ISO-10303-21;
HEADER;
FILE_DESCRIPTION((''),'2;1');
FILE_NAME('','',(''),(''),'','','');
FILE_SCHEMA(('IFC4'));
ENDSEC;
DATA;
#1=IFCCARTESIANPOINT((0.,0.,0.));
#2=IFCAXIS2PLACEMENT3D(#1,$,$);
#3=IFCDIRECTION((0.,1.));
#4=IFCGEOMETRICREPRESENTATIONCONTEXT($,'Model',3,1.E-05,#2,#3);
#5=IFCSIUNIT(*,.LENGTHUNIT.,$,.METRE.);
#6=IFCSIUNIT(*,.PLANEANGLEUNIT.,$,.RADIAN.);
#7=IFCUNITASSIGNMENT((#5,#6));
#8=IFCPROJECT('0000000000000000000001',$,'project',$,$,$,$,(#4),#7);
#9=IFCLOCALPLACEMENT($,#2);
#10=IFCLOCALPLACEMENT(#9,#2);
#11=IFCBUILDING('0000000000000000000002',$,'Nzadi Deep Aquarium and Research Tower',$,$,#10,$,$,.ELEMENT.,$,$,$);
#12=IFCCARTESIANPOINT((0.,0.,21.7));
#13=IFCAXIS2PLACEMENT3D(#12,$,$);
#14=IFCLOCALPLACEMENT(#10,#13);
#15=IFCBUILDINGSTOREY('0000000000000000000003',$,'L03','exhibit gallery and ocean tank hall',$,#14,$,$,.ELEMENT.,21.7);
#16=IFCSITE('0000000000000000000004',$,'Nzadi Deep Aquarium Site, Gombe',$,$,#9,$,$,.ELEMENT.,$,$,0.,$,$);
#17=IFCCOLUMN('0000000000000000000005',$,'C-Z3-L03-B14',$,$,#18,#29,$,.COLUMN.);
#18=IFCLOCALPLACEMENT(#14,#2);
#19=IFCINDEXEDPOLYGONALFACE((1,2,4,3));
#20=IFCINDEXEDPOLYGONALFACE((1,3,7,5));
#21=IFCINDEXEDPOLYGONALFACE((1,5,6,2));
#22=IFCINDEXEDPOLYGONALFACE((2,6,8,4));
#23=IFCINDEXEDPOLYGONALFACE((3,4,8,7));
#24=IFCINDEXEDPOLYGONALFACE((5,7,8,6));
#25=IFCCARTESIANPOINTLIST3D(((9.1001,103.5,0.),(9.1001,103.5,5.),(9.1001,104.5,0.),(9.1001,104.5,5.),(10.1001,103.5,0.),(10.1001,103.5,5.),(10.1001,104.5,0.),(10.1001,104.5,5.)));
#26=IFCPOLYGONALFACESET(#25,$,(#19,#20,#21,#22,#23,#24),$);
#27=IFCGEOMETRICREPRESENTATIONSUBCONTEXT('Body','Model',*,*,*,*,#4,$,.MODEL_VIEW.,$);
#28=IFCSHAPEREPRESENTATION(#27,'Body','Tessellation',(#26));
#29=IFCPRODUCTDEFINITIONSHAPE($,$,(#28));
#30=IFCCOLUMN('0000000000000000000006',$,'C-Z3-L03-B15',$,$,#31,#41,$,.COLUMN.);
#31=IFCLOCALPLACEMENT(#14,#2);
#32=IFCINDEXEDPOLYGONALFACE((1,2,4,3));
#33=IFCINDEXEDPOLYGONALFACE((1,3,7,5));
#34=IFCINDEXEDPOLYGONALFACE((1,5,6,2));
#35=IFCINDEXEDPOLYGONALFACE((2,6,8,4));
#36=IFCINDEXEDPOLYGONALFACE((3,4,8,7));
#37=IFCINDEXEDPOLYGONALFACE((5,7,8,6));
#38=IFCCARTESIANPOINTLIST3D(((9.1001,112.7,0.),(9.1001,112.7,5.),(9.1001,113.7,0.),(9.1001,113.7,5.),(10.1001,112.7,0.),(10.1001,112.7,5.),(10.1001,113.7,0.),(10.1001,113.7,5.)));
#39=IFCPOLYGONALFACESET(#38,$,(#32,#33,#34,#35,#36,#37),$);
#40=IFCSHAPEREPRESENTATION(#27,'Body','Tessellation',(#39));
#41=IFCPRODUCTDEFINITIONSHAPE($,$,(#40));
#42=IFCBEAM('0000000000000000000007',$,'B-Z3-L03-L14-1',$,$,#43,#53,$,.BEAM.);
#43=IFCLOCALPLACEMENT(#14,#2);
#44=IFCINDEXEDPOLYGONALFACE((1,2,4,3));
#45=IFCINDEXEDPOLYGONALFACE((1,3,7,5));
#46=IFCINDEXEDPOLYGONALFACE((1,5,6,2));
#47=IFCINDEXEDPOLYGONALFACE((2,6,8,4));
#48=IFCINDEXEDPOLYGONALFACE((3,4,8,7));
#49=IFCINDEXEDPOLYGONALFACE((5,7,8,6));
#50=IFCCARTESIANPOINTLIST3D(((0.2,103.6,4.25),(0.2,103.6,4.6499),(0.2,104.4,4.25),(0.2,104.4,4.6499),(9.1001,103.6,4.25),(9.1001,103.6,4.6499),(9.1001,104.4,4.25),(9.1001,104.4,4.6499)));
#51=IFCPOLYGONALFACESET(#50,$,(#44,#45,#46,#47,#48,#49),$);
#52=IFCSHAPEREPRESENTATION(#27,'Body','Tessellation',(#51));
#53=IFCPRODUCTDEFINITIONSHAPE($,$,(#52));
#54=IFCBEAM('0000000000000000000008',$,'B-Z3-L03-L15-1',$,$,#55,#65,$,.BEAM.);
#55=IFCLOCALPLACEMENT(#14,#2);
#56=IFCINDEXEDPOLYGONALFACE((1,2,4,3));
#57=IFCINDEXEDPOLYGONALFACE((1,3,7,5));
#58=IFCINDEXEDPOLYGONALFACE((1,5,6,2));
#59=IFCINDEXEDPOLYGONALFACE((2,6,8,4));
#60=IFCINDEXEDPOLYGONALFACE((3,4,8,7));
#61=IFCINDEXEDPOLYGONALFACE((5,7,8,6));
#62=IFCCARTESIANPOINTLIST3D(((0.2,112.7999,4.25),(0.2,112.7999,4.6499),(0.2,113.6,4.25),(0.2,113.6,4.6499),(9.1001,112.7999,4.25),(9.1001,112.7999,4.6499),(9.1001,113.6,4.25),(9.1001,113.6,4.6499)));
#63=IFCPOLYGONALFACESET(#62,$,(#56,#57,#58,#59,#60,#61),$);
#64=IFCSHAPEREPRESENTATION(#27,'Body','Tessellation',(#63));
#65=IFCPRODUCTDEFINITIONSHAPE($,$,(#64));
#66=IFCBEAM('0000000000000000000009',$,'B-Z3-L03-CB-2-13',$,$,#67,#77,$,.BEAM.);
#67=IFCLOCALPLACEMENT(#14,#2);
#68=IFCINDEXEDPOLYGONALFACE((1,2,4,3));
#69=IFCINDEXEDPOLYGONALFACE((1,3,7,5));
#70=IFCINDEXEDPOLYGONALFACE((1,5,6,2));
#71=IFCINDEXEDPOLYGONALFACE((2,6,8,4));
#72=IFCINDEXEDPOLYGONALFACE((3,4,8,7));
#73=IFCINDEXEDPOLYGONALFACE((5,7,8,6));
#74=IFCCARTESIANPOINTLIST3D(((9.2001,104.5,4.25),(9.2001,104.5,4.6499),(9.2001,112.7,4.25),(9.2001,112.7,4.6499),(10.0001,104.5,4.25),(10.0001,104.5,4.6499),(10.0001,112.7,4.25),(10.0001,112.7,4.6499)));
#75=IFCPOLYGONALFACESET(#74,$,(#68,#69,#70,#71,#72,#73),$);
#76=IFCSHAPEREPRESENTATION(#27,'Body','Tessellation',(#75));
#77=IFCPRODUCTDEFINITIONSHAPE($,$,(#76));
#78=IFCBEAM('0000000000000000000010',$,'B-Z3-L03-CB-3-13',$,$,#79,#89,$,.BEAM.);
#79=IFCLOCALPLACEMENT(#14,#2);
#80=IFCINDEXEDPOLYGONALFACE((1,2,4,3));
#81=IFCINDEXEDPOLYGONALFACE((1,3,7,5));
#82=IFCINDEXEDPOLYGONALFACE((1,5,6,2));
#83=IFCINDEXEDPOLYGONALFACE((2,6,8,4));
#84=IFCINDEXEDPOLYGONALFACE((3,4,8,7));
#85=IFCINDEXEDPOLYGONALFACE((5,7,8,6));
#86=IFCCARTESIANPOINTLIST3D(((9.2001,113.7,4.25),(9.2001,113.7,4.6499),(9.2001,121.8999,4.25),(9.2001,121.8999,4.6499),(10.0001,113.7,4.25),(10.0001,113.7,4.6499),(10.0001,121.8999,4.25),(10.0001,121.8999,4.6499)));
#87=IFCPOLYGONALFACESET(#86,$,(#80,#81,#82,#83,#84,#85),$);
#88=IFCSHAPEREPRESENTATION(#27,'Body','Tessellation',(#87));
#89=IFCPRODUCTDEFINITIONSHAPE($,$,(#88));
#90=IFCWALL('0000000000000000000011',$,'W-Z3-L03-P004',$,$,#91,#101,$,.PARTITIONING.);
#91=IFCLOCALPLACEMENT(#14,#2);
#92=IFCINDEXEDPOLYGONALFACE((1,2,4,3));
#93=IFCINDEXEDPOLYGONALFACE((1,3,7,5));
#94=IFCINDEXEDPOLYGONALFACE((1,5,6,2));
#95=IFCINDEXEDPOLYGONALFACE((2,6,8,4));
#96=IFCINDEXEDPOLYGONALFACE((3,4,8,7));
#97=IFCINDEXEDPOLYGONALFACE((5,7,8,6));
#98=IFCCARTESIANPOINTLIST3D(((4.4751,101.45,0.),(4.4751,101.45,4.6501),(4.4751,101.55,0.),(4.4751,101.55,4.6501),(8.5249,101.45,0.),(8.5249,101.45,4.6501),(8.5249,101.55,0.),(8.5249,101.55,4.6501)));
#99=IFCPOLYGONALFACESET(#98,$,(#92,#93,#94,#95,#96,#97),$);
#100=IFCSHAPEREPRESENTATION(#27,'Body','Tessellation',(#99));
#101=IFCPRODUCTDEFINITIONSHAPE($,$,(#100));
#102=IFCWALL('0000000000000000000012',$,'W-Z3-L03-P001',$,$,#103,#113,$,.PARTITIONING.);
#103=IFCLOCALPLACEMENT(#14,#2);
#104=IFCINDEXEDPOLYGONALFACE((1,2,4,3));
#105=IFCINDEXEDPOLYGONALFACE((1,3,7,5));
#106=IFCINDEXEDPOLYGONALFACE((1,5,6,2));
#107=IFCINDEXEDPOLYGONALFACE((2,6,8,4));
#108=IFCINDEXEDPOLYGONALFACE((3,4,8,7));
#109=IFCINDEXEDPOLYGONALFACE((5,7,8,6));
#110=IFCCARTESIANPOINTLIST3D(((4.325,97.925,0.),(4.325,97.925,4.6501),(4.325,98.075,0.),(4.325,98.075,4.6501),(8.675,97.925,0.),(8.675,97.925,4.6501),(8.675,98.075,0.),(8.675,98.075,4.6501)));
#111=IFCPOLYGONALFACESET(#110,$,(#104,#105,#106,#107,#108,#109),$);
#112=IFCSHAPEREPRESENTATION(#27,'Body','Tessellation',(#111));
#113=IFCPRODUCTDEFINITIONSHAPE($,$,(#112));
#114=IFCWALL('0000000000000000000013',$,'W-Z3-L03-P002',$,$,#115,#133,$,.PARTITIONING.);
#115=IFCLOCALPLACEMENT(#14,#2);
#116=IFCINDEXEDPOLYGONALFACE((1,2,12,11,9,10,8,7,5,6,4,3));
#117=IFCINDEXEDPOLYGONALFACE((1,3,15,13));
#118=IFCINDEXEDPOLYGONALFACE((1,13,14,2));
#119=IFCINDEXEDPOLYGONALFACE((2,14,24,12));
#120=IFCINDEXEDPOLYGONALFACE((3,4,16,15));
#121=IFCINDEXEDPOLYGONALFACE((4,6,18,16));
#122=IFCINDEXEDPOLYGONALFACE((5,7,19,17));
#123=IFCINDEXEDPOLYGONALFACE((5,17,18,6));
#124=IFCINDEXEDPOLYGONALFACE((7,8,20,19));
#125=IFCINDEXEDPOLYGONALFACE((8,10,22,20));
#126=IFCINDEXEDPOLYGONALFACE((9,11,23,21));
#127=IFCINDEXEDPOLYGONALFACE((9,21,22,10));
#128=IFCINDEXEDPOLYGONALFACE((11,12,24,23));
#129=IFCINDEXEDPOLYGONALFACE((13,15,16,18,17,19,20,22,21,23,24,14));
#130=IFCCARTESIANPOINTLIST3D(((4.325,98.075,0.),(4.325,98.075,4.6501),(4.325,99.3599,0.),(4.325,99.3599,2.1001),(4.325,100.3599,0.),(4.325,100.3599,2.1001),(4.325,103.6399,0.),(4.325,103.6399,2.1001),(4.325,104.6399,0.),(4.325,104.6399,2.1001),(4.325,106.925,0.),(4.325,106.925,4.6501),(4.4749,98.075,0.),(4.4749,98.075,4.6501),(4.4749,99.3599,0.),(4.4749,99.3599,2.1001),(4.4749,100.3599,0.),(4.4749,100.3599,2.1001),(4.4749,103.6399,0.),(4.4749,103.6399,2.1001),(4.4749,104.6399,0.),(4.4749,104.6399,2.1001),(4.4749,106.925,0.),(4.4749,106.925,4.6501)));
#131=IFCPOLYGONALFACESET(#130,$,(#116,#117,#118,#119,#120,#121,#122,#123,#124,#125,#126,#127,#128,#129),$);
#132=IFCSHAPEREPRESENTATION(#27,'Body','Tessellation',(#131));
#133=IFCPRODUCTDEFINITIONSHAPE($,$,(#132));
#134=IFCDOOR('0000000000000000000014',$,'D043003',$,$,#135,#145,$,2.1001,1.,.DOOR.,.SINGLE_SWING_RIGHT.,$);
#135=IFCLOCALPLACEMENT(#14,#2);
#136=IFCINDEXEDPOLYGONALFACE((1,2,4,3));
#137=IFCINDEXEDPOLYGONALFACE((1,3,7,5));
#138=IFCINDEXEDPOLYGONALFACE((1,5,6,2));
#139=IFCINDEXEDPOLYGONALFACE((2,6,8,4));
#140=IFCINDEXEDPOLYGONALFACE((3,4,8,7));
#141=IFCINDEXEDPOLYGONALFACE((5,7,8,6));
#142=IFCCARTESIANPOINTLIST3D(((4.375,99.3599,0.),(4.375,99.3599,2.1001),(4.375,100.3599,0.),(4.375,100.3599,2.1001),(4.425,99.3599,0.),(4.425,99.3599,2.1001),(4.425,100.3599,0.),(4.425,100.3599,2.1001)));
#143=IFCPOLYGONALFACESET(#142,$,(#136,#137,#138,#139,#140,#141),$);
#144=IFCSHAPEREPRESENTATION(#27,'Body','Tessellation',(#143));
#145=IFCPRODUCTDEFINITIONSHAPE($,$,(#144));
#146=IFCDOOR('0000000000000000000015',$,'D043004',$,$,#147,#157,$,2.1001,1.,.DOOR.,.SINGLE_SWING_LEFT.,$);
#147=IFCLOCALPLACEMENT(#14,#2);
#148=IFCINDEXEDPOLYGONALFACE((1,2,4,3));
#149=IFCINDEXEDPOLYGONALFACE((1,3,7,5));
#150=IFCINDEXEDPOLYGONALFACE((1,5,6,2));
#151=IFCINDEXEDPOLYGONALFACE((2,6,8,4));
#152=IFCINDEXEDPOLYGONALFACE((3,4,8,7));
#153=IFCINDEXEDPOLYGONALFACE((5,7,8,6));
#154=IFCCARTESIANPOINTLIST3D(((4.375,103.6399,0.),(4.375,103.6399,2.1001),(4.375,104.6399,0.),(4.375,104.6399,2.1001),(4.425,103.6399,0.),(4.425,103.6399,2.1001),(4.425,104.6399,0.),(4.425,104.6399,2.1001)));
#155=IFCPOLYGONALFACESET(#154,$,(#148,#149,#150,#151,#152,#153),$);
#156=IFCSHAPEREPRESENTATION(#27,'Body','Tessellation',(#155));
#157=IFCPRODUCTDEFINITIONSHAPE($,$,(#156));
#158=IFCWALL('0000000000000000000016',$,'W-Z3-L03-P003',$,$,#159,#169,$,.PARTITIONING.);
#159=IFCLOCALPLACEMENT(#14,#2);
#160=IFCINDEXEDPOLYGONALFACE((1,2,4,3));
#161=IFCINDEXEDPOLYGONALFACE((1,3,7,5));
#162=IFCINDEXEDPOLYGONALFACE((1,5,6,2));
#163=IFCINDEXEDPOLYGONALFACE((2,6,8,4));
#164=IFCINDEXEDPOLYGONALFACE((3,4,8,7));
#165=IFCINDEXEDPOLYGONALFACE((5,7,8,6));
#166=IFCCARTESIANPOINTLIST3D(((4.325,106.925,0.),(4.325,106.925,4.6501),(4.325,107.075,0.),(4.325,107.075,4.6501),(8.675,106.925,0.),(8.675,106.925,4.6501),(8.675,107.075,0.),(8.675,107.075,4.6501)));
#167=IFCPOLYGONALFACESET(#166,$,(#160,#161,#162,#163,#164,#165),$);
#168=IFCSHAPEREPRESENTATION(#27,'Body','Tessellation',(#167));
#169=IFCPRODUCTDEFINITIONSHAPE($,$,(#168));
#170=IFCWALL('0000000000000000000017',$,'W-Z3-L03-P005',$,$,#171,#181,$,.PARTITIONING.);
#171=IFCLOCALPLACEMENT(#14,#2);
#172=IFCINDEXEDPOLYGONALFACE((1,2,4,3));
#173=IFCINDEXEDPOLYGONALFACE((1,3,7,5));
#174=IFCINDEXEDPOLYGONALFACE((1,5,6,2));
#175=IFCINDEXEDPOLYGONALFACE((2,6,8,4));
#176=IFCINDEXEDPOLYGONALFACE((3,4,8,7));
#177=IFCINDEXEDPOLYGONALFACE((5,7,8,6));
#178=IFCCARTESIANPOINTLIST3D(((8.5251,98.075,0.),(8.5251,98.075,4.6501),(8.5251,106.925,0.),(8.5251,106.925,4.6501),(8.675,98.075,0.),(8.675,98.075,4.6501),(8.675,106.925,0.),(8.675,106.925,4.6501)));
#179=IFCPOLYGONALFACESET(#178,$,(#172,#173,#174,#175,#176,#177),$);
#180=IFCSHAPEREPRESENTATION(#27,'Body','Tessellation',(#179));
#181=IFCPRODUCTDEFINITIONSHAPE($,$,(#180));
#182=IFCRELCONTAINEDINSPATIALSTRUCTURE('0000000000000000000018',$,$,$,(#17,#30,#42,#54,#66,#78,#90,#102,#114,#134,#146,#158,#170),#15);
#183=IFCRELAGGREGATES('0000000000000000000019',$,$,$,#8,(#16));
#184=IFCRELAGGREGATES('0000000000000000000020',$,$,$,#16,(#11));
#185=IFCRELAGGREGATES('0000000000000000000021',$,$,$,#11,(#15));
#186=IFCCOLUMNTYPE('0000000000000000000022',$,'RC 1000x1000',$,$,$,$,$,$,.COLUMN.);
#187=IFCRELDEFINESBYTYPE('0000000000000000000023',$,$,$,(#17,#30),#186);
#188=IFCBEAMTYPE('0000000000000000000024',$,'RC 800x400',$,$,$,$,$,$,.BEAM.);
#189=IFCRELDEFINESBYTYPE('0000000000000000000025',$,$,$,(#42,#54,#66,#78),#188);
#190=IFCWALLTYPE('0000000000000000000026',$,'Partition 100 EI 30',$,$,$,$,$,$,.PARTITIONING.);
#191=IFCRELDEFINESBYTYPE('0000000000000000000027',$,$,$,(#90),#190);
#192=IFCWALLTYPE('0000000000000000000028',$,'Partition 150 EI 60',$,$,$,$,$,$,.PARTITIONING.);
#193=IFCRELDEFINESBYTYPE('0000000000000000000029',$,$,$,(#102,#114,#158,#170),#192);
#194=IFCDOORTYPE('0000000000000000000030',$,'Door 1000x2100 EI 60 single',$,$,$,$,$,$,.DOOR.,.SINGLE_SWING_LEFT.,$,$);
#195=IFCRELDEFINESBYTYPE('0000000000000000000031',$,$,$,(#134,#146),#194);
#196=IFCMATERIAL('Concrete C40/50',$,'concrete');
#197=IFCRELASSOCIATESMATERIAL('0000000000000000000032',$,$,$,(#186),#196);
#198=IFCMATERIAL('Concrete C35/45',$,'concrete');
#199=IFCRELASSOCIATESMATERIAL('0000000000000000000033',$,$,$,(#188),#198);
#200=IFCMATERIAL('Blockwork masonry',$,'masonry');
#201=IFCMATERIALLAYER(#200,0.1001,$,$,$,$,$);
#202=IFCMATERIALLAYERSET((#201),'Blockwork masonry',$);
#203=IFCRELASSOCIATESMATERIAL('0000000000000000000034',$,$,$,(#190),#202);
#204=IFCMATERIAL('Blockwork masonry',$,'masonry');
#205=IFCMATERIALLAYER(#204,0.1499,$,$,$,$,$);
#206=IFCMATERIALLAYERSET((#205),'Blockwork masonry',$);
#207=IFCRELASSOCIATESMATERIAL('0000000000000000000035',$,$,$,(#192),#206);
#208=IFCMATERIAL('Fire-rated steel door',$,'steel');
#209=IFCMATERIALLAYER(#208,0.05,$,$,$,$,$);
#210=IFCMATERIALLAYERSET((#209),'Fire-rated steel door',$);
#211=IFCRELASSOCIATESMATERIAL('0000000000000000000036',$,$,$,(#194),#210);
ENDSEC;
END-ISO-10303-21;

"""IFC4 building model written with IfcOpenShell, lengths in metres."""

from ifc_helpers import new_model, si_unit, direction, frame, frame_2d, origin, origin_2d, place, context, subcontext, project, spatial, rectangle, extrude, material, layer, layer_set, material_profile, profile_set, type_object, element, fill, save


model = new_model("IFC4")

# Units and contexts
model_context = context("Model", 3, precision=1e-05, world=origin(), true_north=direction((0.0, 1.0)))
body_context = subcontext(model_context, "Body", "Model", "MODEL_VIEW")
ifc_project = project(units=[si_unit("LENGTHUNIT", "METRE"), si_unit("PLANEANGLEUNIT", "RADIAN")], contexts=[model_context])

# Site, building, storey
site_placement = place(None, origin())
site = spatial("IfcSite", under=ifc_project, at=site_placement, Name="Nzadi Deep Aquarium Site, Gombe", CompositionType="ELEMENT", RefElevation=0.0)
building_placement = place(site_placement, origin())
building = spatial("IfcBuilding", under=site, at=building_placement, Name="Nzadi Deep Aquarium and Research Tower", CompositionType="ELEMENT")
storey_placement = place(building_placement, frame((0.0, 0.0, 21.7)))
storey = spatial("IfcBuildingStorey", under=building, at=storey_placement, Name="L03", Description="exhibit gallery and ocean tank hall", CompositionType="ELEMENT", Elevation=21.7)

# Columns
ifc_material_1 = material(Name="Concrete C40/50", Category="concrete")
ifc_material_profile_1 = material_profile(ifc_material_1, rectangle(XDim=1.0, YDim=1.0, at=origin_2d()))
ifc_profile_set_1 = profile_set([ifc_material_profile_1], Name="Concrete C40/50")
column_type = type_object("IfcColumnType", Name="RC 1000x1000", PredefinedType="COLUMN", material=ifc_profile_set_1)
for number, where, z_axis, x_axis, name in (
    (1, (9.6001, 104.0, 0.0), (0.0, 0.0, 1.0), (1.0, 0.0, 0.0), "C-Z3-L03-B14"),
    (2, (9.6001, 113.2, 0.0), (0.0, 0.0, 1.0), (1.0, 0.0, 0.0), "C-Z3-L03-B15"),
):
    element("IfcColumn", number, at=place(storey_placement, frame(where, z_axis=z_axis, x_axis=x_axis)), inside=storey, type_object=column_type, Name=name, PredefinedType="COLUMN", context=body_context, shape_type="SweptSolid", body=[
        extrude(rectangle(XDim=1.0, YDim=1.0, at=origin_2d()), origin(), (0.0, 0.0, 1.0), 5.0),
    ])

# Beams
ifc_material_2 = material(Name="Concrete C35/45", Category="concrete")
ifc_material_profile_2 = material_profile(ifc_material_2, rectangle(XDim=0.8, YDim=0.3999, at=origin_2d()))
ifc_profile_set_2 = profile_set([ifc_material_profile_2], Name="Concrete C35/45")
beam_type = type_object("IfcBeamType", Name="RC 800x400", PredefinedType="BEAM", material=ifc_profile_set_2)
for number, where, z_axis, x_axis, name in (
    (3, (0.2, 104.0, 4.45), (1.0, 0.0, 0.0), (0.0, 1.0, 0.0), "B-Z3-L03-L14-1"),
    (4, (0.2, 113.2, 4.45), (1.0, 0.0, 0.0), (0.0, 1.0, 0.0), "B-Z3-L03-L15-1"),
):
    element("IfcBeam", number, at=place(storey_placement, frame(where, z_axis=z_axis, x_axis=x_axis)), inside=storey, type_object=beam_type, Name=name, PredefinedType="BEAM", context=body_context, shape_type="SweptSolid", body=[
        extrude(rectangle(XDim=0.8, YDim=0.3999, at=origin_2d()), origin(), (0.0, 0.0, 1.0), 8.9001),
    ])
for number, where, z_axis, x_axis, name in (
    (5, (9.6001, 104.5, 4.45), (0.0, 1.0, 0.0), (-1.0, 0.0, 0.0), "B-Z3-L03-CB-2-13"),
    (6, (9.6001, 113.7, 4.45), (0.0, 1.0, 0.0), (-1.0, 0.0, 0.0), "B-Z3-L03-CB-3-13"),
):
    element("IfcBeam", number, at=place(storey_placement, frame(where, z_axis=z_axis, x_axis=x_axis)), inside=storey, type_object=beam_type, Name=name, PredefinedType="BEAM", context=body_context, shape_type="SweptSolid", body=[
        extrude(rectangle(XDim=0.8, YDim=0.3999, at=origin_2d()), origin(), (0.0, 0.0, 1.0), 8.2),
    ])

# Walls
ifc_material_3 = material(Name="Blockwork masonry", Category="masonry")
ifc_layer_1 = layer(ifc_material_3, 0.1001)
ifc_layer_set_1 = layer_set([ifc_layer_1], Name="Blockwork masonry")
wall_type_1 = type_object("IfcWallType", Name="Partition 100 EI 30", PredefinedType="PARTITIONING", material=ifc_layer_set_1)
wall_1_placement = place(storey_placement, frame((4.4751, 101.5, 0.0), z_axis=(0.0, 0.0, 1.0), x_axis=(1.0, 0.0, 0.0)))
element("IfcWall", 7, at=wall_1_placement, inside=storey, type_object=wall_type_1, Name="W-Z3-L03-P004", PredefinedType="PARTITIONING", context=body_context, shape_type="SweptSolid", body=[
    extrude(rectangle(XDim=4.0498, YDim=0.1001, at=frame_2d((2.0249, 0.0))), origin(), (0.0, 0.0, 1.0), 4.6501),
])
ifc_material_4 = material(Name="Blockwork masonry", Category="masonry")
ifc_layer_2 = layer(ifc_material_4, 0.1499)
ifc_layer_set_2 = layer_set([ifc_layer_2], Name="Blockwork masonry")
wall_type_2 = type_object("IfcWallType", Name="Partition 150 EI 60", PredefinedType="PARTITIONING", material=ifc_layer_set_2)
wall_2_placement = place(storey_placement, frame((4.325, 98.0, 0.0), z_axis=(0.0, 0.0, 1.0), x_axis=(1.0, 0.0, 0.0)))
element("IfcWall", 8, at=wall_2_placement, inside=storey, type_object=wall_type_2, Name="W-Z3-L03-P001", PredefinedType="PARTITIONING", context=body_context, shape_type="SweptSolid", body=[
    extrude(rectangle(XDim=4.3501, YDim=0.1499, at=frame_2d((2.175, 0.0))), origin(), (0.0, 0.0, 1.0), 4.6501),
])

# Wall, openings, doors
wall_3_placement = place(storey_placement, frame((4.3999, 98.075, 0.0), z_axis=(0.0, 0.0, 1.0), x_axis=(0.0, 1.0, 0.0)))
wall_3 = element("IfcWall", 9, at=wall_3_placement, inside=storey, type_object=wall_type_2, Name="W-Z3-L03-P002", PredefinedType="PARTITIONING", context=body_context, shape_type="SweptSolid", body=[
    extrude(rectangle(XDim=8.8501, YDim=0.1499, at=frame_2d((4.425, 0.0))), origin(), (0.0, 0.0, 1.0), 4.6501),
])
opening_1_placement = place(wall_3_placement, frame((1.2849, 0.0, 0.0)))
opening_1 = element("IfcOpeningElement", 10, at=opening_1_placement, cuts=wall_3, PredefinedType="OPENING", context=body_context, shape_type="SweptSolid", body=[
    extrude(rectangle(XDim=1.0, YDim=2.1001, at=frame_2d((0.5, 1.05))), frame((0.0, 0.085, 0.0), z_axis=(0.0, -1.0, 0.0), x_axis=(1.0, 0.0, 0.0)), (0.0, 0.0, 1.0), 0.1699),
])
opening_2_placement = place(wall_3_placement, frame((5.5649, 0.0, 0.0)))
opening_2 = element("IfcOpeningElement", 11, at=opening_2_placement, cuts=wall_3, PredefinedType="OPENING", context=body_context, shape_type="SweptSolid", body=[
    extrude(rectangle(XDim=1.0, YDim=2.1001, at=frame_2d((0.5, 1.05))), frame((0.0, 0.085, 0.0), z_axis=(0.0, -1.0, 0.0), x_axis=(1.0, 0.0, 0.0)), (0.0, 0.0, 1.0), 0.1699),
])
ifc_material_5 = material(Name="Fire-rated steel door", Category="steel")
ifc_layer_3 = layer(ifc_material_5, 0.05)
ifc_layer_set_3 = layer_set([ifc_layer_3], Name="Fire-rated steel door")
door_type_1 = type_object("IfcDoorType", Name="Door 1000x2100 EI 60 single", OperationType="SINGLE_SWING_LEFT", PredefinedType="DOOR", material=ifc_layer_set_3)
door_1_placement = place(opening_1_placement, origin())
door_1 = element("IfcDoor", 12, at=door_1_placement, inside=storey, type_object=door_type_1, Name="D043003", OperationType="SINGLE_SWING_RIGHT", OverallHeight=2.1001, OverallWidth=1.0, PredefinedType="DOOR", context=body_context, shape_type="SweptSolid", body=[
    extrude(rectangle(XDim=1.0, YDim=2.1001, at=frame_2d((0.5, 1.05))), frame((0.0, 0.0249, 0.0), z_axis=(0.0, -1.0, 0.0), x_axis=(1.0, 0.0, 0.0)), (0.0, 0.0, 1.0), 0.05),
])
fill(opening_1, door_1)
door_2_placement = place(opening_2_placement, origin())
door_2 = element("IfcDoor", 13, at=door_2_placement, inside=storey, type_object=door_type_1, Name="D043004", OperationType="SINGLE_SWING_LEFT", OverallHeight=2.1001, OverallWidth=1.0, PredefinedType="DOOR", context=body_context, shape_type="SweptSolid", body=[
    extrude(rectangle(XDim=1.0, YDim=2.1001, at=frame_2d((0.5, 1.05))), frame((0.0, 0.0249, 0.0), z_axis=(0.0, -1.0, 0.0), x_axis=(1.0, 0.0, 0.0)), (0.0, 0.0, 1.0), 0.05),
])
fill(opening_2, door_2)

# Walls
wall_4_placement = place(storey_placement, frame((4.325, 107.0, 0.0), z_axis=(0.0, 0.0, 1.0), x_axis=(1.0, 0.0, 0.0)))
element("IfcWall", 14, at=wall_4_placement, inside=storey, type_object=wall_type_2, Name="W-Z3-L03-P003", PredefinedType="PARTITIONING", context=body_context, shape_type="SweptSolid", body=[
    extrude(rectangle(XDim=4.3501, YDim=0.1499, at=frame_2d((2.175, 0.0))), origin(), (0.0, 0.0, 1.0), 4.6501),
])
wall_5_placement = place(storey_placement, frame((8.6001, 98.075, 0.0), z_axis=(0.0, 0.0, 1.0), x_axis=(0.0, 1.0, 0.0)))
element("IfcWall", 15, at=wall_5_placement, inside=storey, type_object=wall_type_2, Name="W-Z3-L03-P005", PredefinedType="PARTITIONING", context=body_context, shape_type="SweptSolid", body=[
    extrude(rectangle(XDim=8.8501, YDim=0.1499, at=frame_2d((4.425, 0.0))), origin(), (0.0, 0.0, 1.0), 4.6501),
])

save(model, "model.ifc")
